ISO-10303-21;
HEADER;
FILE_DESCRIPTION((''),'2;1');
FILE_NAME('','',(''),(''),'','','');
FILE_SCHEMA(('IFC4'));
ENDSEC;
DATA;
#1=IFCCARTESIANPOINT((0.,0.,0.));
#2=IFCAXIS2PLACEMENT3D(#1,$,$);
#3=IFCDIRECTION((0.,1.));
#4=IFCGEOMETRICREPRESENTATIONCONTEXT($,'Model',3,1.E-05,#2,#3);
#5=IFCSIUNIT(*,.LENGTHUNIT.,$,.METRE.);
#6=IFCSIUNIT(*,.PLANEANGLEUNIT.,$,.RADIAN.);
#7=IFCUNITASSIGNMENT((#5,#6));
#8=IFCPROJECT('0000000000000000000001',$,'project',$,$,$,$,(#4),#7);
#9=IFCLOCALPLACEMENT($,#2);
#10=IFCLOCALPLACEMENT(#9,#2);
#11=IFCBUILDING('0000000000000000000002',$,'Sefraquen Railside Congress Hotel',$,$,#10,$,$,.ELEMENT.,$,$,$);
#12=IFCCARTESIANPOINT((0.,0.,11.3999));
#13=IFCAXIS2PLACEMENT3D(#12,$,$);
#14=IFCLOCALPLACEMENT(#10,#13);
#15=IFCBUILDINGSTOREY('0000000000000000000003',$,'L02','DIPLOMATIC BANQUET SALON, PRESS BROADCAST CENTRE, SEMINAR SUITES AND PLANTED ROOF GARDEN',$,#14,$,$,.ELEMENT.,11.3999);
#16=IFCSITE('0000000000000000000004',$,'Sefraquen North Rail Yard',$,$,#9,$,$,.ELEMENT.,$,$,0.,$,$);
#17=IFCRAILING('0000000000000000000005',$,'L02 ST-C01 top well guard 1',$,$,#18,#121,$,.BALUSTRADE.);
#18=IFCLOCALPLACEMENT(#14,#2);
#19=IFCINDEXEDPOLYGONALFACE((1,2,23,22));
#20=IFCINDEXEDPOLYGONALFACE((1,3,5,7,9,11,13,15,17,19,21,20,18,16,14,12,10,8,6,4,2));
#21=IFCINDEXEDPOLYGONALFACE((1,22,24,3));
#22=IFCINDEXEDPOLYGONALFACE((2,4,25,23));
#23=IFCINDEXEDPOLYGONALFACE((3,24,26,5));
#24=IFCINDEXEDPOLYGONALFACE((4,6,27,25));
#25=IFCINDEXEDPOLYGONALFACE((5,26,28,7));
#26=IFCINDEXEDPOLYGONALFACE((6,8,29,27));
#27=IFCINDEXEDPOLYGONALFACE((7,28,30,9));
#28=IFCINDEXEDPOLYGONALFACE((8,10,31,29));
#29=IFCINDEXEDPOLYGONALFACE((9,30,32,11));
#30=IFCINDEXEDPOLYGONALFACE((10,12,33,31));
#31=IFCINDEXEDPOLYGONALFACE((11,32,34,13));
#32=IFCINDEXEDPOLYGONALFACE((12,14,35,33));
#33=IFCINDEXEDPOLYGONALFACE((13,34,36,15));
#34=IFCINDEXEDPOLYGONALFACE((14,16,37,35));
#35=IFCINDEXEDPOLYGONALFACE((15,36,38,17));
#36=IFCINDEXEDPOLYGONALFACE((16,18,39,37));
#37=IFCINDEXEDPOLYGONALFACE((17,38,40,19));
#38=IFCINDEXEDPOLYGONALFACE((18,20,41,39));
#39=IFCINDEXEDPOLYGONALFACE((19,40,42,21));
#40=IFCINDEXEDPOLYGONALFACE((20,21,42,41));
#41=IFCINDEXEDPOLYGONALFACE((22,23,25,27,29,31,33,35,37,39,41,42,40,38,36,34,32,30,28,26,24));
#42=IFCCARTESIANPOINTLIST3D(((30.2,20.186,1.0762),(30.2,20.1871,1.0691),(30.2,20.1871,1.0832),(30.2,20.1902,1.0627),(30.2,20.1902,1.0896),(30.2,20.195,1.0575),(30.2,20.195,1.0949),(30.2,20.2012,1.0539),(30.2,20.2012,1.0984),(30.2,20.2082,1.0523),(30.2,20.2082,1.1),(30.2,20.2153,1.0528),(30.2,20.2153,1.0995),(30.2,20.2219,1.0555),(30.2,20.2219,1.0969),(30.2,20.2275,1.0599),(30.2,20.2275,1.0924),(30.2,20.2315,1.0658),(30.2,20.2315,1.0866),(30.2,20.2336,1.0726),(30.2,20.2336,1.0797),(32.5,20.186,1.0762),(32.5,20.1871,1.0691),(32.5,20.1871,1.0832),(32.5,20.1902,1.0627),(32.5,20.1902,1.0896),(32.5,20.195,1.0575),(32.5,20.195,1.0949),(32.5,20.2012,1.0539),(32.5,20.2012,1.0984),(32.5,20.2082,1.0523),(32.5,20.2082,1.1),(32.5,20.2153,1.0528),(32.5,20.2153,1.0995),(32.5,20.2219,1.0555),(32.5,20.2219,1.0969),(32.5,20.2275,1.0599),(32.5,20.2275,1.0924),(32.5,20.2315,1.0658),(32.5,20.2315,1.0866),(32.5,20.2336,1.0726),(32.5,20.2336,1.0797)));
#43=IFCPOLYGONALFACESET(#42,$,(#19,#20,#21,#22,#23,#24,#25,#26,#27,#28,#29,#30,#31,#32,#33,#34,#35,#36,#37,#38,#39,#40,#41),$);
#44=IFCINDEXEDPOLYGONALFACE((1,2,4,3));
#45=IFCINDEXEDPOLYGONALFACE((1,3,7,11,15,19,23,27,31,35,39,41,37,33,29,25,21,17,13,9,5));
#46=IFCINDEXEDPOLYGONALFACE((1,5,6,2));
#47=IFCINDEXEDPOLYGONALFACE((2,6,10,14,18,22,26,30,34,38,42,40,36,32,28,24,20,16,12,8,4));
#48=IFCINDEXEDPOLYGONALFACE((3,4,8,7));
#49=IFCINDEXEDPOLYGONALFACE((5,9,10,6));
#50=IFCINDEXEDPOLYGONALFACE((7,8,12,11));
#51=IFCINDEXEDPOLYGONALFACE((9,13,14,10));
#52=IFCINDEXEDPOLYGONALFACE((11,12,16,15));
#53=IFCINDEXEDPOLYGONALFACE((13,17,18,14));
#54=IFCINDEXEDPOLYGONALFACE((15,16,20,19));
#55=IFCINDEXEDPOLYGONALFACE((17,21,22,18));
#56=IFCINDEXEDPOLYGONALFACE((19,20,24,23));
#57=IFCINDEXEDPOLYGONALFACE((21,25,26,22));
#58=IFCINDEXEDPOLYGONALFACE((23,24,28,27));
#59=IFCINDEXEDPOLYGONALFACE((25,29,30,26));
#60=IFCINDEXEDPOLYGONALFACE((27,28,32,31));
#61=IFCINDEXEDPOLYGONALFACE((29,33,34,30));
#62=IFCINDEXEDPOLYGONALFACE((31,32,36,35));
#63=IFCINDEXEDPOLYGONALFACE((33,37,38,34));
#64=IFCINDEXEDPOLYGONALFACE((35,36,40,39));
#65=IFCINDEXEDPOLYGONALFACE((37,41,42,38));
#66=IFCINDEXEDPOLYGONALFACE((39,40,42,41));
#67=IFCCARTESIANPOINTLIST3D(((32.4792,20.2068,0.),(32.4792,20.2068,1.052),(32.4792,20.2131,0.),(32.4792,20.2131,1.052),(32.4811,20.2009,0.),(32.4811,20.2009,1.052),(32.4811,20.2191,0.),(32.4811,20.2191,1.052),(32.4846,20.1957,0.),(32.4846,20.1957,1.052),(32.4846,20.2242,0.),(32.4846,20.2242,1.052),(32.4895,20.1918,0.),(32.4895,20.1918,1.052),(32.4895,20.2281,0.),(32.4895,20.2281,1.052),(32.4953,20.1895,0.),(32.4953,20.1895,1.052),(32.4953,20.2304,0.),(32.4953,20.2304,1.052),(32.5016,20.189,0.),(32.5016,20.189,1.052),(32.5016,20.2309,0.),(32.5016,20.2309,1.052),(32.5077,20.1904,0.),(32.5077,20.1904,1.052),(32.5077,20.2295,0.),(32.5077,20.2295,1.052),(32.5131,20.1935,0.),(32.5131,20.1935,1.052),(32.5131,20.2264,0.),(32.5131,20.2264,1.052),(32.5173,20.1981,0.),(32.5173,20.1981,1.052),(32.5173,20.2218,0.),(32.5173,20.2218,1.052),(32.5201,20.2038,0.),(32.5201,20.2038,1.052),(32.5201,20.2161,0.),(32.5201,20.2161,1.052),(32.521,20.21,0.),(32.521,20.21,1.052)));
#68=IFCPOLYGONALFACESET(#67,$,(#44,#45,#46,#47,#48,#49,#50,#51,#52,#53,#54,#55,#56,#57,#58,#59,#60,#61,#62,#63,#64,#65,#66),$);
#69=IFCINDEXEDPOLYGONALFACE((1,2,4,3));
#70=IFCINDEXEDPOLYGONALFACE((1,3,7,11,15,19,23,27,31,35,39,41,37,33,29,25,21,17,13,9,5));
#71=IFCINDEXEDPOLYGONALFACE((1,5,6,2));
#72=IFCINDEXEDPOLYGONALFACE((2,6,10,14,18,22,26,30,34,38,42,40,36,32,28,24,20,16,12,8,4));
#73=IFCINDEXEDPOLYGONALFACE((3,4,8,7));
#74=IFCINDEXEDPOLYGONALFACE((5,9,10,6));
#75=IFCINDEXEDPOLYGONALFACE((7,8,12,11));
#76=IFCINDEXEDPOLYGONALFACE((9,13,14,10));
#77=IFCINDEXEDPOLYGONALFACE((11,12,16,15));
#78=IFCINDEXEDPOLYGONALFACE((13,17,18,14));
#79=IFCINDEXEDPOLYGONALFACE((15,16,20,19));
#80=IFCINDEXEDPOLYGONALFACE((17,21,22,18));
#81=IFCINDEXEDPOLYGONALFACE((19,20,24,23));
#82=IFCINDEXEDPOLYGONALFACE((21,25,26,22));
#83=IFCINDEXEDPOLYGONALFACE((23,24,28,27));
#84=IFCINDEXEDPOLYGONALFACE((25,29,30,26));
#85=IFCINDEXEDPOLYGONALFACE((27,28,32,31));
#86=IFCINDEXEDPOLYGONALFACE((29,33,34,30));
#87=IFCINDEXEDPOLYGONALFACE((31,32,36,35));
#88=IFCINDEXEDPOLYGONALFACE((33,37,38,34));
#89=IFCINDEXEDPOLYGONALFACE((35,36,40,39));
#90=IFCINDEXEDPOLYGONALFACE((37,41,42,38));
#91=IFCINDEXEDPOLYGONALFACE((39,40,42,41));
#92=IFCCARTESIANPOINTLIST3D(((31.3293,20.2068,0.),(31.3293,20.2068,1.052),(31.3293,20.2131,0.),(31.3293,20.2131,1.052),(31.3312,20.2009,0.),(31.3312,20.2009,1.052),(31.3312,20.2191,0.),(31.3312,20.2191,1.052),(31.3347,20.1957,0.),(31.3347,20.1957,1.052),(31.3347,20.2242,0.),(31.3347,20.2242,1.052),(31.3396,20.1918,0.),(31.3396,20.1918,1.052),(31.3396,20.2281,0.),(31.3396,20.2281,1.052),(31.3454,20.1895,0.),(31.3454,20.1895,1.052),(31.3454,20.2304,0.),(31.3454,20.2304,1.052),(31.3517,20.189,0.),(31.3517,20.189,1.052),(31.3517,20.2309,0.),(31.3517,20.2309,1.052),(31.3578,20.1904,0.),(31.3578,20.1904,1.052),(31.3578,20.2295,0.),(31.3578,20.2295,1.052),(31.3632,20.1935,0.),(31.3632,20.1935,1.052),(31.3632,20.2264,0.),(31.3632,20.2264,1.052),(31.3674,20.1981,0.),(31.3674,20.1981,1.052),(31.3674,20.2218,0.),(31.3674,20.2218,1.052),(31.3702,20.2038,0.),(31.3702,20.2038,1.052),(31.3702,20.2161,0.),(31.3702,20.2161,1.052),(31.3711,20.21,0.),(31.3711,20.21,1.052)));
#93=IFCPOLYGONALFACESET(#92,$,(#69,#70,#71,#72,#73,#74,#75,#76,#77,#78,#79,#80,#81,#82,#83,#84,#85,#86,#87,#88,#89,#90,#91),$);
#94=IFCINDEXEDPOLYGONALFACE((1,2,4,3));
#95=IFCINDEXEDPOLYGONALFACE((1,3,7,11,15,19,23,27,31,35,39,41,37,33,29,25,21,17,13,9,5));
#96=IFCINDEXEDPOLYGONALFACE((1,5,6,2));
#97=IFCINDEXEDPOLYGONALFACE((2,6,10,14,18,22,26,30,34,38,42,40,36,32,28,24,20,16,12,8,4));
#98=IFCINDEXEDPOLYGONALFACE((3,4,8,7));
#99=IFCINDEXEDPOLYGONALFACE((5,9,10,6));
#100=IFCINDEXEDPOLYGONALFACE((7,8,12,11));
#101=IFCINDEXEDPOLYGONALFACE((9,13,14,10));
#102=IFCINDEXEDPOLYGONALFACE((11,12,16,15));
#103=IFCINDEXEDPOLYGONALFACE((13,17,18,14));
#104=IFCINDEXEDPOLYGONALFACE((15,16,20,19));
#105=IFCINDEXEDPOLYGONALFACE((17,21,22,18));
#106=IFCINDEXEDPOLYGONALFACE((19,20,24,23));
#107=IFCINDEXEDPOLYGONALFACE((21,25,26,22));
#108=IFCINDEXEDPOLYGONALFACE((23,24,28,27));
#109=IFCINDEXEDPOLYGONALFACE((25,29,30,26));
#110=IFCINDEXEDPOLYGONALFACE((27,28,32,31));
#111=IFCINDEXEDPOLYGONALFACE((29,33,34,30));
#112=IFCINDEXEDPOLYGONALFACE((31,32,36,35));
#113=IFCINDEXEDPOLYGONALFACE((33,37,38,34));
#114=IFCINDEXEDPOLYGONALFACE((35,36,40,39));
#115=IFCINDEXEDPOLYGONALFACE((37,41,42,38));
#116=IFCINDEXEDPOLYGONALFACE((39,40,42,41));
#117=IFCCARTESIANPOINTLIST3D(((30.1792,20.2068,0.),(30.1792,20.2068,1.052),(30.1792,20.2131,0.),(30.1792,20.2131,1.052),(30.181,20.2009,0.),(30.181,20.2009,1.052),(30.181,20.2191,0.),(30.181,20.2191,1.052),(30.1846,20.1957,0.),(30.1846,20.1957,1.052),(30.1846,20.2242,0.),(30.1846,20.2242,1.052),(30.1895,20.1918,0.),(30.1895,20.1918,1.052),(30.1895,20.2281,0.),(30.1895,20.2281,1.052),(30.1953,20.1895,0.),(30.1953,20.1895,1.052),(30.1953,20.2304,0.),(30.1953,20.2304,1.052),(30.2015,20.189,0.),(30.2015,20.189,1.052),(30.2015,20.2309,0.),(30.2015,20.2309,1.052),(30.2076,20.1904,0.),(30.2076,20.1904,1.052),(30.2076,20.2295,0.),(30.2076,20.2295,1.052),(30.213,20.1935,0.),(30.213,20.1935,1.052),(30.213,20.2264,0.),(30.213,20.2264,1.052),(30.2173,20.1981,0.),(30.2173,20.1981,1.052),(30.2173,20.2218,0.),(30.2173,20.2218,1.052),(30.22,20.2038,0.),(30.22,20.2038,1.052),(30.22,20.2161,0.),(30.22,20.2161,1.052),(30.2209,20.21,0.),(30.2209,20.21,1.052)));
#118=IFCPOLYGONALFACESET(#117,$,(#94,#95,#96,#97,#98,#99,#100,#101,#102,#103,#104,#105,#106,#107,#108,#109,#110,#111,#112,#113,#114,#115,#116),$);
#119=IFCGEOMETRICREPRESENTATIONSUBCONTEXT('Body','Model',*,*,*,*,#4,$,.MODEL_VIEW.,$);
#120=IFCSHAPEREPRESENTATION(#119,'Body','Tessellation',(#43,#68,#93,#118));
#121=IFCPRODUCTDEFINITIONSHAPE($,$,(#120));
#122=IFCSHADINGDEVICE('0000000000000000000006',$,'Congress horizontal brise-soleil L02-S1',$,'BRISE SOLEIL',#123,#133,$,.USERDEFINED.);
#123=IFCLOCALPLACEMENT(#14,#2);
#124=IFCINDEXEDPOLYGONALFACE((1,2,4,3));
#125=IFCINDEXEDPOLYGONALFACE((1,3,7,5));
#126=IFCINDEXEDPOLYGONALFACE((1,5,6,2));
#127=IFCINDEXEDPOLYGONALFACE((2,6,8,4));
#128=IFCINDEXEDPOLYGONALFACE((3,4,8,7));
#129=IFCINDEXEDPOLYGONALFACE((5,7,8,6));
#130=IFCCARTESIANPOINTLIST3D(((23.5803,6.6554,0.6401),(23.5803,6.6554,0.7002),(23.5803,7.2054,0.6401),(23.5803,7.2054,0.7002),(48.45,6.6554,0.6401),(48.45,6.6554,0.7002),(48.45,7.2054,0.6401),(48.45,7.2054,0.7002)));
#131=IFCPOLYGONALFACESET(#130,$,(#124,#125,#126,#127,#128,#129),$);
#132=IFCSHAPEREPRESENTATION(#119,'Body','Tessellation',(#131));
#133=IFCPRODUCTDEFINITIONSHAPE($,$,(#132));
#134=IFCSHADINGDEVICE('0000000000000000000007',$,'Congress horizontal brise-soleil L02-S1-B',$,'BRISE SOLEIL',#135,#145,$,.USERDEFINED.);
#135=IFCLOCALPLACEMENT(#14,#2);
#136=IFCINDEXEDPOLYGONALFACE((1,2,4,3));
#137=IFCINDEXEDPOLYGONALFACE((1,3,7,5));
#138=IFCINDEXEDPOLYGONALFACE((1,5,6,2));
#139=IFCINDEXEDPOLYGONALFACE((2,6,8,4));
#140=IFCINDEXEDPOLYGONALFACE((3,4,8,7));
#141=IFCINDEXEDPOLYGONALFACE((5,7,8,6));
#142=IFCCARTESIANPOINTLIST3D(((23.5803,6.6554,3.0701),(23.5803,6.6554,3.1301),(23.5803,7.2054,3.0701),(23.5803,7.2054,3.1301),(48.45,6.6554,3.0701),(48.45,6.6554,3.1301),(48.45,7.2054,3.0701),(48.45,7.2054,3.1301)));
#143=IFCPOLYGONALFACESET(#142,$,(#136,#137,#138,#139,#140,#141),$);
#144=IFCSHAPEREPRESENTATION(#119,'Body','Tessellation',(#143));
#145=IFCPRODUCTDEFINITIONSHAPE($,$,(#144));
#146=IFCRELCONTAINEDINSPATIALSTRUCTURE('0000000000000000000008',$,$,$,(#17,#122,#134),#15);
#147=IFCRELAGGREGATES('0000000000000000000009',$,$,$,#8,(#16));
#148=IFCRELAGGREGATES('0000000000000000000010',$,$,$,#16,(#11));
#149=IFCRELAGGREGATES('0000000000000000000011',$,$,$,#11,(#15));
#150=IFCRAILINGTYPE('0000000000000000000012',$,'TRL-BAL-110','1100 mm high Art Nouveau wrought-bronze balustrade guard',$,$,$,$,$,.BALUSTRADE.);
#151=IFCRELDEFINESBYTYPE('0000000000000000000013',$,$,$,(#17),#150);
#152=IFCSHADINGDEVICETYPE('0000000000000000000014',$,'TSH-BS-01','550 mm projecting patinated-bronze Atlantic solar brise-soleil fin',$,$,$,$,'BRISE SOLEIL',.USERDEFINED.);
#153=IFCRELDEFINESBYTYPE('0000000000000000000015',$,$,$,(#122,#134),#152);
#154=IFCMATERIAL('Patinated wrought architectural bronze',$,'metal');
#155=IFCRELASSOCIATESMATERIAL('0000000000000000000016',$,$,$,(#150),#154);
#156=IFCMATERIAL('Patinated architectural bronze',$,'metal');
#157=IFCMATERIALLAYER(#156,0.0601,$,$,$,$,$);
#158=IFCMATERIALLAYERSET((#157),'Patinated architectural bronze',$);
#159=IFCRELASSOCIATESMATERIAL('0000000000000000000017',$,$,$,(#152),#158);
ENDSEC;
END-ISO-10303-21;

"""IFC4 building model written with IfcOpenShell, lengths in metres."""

from ifc_helpers import new_model, si_unit, direction, frame, origin, origin_2d, place, context, subcontext, project, spatial, rectangle, circle, extrude, material, layer, layer_set, type_object, element, save


model = new_model("IFC4")

# Units and contexts
model_context = context("Model", 3, precision=1e-05, world=origin(), true_north=direction((0.0, 1.0)))
body_context = subcontext(model_context, "Body", "Model", "MODEL_VIEW")
ifc_project = project(units=[si_unit("LENGTHUNIT", "METRE"), si_unit("PLANEANGLEUNIT", "RADIAN")], contexts=[model_context])

# Site, building, storey
site_placement = place(None, origin())
site = spatial("IfcSite", under=ifc_project, at=site_placement, Name="Sefraquen North Rail Yard", CompositionType="ELEMENT", RefElevation=0.0)
building_placement = place(site_placement, origin())
building = spatial("IfcBuilding", under=site, at=building_placement, Name="Sefraquen Railside Congress Hotel", CompositionType="ELEMENT")
storey_placement = place(building_placement, frame((0.0, 0.0, 11.3999)))
storey = spatial("IfcBuildingStorey", under=building, at=storey_placement, Name="L02", Description="DIPLOMATIC BANQUET SALON, PRESS BROADCAST CENTRE, SEMINAR SUITES AND PLANTED ROOF GARDEN", CompositionType="ELEMENT", Elevation=11.3999)

# Shared definitions
ifc_material_1 = material(Name="Patinated architectural bronze", Category="metal")

# Railing
ifc_material_2 = material(Name="Patinated wrought architectural bronze", Category="metal")
railing_type = type_object("IfcRailingType", Name="TRL-BAL-110", Description="1100 mm high Art Nouveau wrought-bronze balustrade guard", PredefinedType="BALUSTRADE", material=ifc_material_2)
railing_placement = place(storey_placement, frame((32.5, 20.21, 0.0)))
element("IfcRailing", 1, at=railing_placement, inside=storey, type_object=railing_type, Name="L02 ST-C01 top well guard 1", PredefinedType="BALUSTRADE", context=body_context, shape_type="SweptSolid", body=[
    extrude(circle(Radius=0.0239, at=origin_2d()), frame((0.0, 0.0, 1.0762), z_axis=(-1.0, 0.0, 0.0), x_axis=(0.0, -1.0, 0.0)), (0.0, 0.0, 1.0), 2.3),
    extrude(circle(Radius=0.021, at=origin_2d()), origin(), (0.0, 0.0, 1.0), 1.052),
    extrude(circle(Radius=0.021, at=origin_2d()), frame((-1.1499, 0.0, 0.0)), (0.0, 0.0, 1.0), 1.052),
    extrude(circle(Radius=0.021, at=origin_2d()), frame((-2.3, 0.0, 0.0)), (0.0, 0.0, 1.0), 1.052),
])

# Shading devices
ifc_layer_1 = layer(ifc_material_1, 0.0601)
ifc_layer_set_1 = layer_set([ifc_layer_1], Name="Patinated architectural bronze")
shading_device_type = type_object("IfcShadingDeviceType", Name="TSH-BS-01", Description="550 mm projecting patinated-bronze Atlantic solar brise-soleil fin", ElementType="BRISE SOLEIL", PredefinedType="USERDEFINED", material=ifc_layer_set_1)
for number, where, z_axis, x_axis, name in (
    (2, (36.0151, 6.9304, 0.6401), (0.0, 0.0, 1.0), (1.0, 0.0, 0.0), "Congress horizontal brise-soleil L02-S1"),
    (3, (36.0151, 6.9304, 3.0701), (0.0, 0.0, 1.0), (1.0, 0.0, 0.0), "Congress horizontal brise-soleil L02-S1-B"),
):
    element("IfcShadingDevice", number, at=place(storey_placement, frame(where, z_axis=z_axis, x_axis=x_axis)), inside=storey, type_object=shading_device_type, Name=name, ObjectType="BRISE SOLEIL", PredefinedType="USERDEFINED", context=body_context, shape_type="SweptSolid", body=[
        extrude(rectangle(XDim=24.8696, YDim=0.55, at=origin_2d()), origin(), (0.0, 0.0, 1.0), 0.0601),
    ])

save(model, "model.ifc")
